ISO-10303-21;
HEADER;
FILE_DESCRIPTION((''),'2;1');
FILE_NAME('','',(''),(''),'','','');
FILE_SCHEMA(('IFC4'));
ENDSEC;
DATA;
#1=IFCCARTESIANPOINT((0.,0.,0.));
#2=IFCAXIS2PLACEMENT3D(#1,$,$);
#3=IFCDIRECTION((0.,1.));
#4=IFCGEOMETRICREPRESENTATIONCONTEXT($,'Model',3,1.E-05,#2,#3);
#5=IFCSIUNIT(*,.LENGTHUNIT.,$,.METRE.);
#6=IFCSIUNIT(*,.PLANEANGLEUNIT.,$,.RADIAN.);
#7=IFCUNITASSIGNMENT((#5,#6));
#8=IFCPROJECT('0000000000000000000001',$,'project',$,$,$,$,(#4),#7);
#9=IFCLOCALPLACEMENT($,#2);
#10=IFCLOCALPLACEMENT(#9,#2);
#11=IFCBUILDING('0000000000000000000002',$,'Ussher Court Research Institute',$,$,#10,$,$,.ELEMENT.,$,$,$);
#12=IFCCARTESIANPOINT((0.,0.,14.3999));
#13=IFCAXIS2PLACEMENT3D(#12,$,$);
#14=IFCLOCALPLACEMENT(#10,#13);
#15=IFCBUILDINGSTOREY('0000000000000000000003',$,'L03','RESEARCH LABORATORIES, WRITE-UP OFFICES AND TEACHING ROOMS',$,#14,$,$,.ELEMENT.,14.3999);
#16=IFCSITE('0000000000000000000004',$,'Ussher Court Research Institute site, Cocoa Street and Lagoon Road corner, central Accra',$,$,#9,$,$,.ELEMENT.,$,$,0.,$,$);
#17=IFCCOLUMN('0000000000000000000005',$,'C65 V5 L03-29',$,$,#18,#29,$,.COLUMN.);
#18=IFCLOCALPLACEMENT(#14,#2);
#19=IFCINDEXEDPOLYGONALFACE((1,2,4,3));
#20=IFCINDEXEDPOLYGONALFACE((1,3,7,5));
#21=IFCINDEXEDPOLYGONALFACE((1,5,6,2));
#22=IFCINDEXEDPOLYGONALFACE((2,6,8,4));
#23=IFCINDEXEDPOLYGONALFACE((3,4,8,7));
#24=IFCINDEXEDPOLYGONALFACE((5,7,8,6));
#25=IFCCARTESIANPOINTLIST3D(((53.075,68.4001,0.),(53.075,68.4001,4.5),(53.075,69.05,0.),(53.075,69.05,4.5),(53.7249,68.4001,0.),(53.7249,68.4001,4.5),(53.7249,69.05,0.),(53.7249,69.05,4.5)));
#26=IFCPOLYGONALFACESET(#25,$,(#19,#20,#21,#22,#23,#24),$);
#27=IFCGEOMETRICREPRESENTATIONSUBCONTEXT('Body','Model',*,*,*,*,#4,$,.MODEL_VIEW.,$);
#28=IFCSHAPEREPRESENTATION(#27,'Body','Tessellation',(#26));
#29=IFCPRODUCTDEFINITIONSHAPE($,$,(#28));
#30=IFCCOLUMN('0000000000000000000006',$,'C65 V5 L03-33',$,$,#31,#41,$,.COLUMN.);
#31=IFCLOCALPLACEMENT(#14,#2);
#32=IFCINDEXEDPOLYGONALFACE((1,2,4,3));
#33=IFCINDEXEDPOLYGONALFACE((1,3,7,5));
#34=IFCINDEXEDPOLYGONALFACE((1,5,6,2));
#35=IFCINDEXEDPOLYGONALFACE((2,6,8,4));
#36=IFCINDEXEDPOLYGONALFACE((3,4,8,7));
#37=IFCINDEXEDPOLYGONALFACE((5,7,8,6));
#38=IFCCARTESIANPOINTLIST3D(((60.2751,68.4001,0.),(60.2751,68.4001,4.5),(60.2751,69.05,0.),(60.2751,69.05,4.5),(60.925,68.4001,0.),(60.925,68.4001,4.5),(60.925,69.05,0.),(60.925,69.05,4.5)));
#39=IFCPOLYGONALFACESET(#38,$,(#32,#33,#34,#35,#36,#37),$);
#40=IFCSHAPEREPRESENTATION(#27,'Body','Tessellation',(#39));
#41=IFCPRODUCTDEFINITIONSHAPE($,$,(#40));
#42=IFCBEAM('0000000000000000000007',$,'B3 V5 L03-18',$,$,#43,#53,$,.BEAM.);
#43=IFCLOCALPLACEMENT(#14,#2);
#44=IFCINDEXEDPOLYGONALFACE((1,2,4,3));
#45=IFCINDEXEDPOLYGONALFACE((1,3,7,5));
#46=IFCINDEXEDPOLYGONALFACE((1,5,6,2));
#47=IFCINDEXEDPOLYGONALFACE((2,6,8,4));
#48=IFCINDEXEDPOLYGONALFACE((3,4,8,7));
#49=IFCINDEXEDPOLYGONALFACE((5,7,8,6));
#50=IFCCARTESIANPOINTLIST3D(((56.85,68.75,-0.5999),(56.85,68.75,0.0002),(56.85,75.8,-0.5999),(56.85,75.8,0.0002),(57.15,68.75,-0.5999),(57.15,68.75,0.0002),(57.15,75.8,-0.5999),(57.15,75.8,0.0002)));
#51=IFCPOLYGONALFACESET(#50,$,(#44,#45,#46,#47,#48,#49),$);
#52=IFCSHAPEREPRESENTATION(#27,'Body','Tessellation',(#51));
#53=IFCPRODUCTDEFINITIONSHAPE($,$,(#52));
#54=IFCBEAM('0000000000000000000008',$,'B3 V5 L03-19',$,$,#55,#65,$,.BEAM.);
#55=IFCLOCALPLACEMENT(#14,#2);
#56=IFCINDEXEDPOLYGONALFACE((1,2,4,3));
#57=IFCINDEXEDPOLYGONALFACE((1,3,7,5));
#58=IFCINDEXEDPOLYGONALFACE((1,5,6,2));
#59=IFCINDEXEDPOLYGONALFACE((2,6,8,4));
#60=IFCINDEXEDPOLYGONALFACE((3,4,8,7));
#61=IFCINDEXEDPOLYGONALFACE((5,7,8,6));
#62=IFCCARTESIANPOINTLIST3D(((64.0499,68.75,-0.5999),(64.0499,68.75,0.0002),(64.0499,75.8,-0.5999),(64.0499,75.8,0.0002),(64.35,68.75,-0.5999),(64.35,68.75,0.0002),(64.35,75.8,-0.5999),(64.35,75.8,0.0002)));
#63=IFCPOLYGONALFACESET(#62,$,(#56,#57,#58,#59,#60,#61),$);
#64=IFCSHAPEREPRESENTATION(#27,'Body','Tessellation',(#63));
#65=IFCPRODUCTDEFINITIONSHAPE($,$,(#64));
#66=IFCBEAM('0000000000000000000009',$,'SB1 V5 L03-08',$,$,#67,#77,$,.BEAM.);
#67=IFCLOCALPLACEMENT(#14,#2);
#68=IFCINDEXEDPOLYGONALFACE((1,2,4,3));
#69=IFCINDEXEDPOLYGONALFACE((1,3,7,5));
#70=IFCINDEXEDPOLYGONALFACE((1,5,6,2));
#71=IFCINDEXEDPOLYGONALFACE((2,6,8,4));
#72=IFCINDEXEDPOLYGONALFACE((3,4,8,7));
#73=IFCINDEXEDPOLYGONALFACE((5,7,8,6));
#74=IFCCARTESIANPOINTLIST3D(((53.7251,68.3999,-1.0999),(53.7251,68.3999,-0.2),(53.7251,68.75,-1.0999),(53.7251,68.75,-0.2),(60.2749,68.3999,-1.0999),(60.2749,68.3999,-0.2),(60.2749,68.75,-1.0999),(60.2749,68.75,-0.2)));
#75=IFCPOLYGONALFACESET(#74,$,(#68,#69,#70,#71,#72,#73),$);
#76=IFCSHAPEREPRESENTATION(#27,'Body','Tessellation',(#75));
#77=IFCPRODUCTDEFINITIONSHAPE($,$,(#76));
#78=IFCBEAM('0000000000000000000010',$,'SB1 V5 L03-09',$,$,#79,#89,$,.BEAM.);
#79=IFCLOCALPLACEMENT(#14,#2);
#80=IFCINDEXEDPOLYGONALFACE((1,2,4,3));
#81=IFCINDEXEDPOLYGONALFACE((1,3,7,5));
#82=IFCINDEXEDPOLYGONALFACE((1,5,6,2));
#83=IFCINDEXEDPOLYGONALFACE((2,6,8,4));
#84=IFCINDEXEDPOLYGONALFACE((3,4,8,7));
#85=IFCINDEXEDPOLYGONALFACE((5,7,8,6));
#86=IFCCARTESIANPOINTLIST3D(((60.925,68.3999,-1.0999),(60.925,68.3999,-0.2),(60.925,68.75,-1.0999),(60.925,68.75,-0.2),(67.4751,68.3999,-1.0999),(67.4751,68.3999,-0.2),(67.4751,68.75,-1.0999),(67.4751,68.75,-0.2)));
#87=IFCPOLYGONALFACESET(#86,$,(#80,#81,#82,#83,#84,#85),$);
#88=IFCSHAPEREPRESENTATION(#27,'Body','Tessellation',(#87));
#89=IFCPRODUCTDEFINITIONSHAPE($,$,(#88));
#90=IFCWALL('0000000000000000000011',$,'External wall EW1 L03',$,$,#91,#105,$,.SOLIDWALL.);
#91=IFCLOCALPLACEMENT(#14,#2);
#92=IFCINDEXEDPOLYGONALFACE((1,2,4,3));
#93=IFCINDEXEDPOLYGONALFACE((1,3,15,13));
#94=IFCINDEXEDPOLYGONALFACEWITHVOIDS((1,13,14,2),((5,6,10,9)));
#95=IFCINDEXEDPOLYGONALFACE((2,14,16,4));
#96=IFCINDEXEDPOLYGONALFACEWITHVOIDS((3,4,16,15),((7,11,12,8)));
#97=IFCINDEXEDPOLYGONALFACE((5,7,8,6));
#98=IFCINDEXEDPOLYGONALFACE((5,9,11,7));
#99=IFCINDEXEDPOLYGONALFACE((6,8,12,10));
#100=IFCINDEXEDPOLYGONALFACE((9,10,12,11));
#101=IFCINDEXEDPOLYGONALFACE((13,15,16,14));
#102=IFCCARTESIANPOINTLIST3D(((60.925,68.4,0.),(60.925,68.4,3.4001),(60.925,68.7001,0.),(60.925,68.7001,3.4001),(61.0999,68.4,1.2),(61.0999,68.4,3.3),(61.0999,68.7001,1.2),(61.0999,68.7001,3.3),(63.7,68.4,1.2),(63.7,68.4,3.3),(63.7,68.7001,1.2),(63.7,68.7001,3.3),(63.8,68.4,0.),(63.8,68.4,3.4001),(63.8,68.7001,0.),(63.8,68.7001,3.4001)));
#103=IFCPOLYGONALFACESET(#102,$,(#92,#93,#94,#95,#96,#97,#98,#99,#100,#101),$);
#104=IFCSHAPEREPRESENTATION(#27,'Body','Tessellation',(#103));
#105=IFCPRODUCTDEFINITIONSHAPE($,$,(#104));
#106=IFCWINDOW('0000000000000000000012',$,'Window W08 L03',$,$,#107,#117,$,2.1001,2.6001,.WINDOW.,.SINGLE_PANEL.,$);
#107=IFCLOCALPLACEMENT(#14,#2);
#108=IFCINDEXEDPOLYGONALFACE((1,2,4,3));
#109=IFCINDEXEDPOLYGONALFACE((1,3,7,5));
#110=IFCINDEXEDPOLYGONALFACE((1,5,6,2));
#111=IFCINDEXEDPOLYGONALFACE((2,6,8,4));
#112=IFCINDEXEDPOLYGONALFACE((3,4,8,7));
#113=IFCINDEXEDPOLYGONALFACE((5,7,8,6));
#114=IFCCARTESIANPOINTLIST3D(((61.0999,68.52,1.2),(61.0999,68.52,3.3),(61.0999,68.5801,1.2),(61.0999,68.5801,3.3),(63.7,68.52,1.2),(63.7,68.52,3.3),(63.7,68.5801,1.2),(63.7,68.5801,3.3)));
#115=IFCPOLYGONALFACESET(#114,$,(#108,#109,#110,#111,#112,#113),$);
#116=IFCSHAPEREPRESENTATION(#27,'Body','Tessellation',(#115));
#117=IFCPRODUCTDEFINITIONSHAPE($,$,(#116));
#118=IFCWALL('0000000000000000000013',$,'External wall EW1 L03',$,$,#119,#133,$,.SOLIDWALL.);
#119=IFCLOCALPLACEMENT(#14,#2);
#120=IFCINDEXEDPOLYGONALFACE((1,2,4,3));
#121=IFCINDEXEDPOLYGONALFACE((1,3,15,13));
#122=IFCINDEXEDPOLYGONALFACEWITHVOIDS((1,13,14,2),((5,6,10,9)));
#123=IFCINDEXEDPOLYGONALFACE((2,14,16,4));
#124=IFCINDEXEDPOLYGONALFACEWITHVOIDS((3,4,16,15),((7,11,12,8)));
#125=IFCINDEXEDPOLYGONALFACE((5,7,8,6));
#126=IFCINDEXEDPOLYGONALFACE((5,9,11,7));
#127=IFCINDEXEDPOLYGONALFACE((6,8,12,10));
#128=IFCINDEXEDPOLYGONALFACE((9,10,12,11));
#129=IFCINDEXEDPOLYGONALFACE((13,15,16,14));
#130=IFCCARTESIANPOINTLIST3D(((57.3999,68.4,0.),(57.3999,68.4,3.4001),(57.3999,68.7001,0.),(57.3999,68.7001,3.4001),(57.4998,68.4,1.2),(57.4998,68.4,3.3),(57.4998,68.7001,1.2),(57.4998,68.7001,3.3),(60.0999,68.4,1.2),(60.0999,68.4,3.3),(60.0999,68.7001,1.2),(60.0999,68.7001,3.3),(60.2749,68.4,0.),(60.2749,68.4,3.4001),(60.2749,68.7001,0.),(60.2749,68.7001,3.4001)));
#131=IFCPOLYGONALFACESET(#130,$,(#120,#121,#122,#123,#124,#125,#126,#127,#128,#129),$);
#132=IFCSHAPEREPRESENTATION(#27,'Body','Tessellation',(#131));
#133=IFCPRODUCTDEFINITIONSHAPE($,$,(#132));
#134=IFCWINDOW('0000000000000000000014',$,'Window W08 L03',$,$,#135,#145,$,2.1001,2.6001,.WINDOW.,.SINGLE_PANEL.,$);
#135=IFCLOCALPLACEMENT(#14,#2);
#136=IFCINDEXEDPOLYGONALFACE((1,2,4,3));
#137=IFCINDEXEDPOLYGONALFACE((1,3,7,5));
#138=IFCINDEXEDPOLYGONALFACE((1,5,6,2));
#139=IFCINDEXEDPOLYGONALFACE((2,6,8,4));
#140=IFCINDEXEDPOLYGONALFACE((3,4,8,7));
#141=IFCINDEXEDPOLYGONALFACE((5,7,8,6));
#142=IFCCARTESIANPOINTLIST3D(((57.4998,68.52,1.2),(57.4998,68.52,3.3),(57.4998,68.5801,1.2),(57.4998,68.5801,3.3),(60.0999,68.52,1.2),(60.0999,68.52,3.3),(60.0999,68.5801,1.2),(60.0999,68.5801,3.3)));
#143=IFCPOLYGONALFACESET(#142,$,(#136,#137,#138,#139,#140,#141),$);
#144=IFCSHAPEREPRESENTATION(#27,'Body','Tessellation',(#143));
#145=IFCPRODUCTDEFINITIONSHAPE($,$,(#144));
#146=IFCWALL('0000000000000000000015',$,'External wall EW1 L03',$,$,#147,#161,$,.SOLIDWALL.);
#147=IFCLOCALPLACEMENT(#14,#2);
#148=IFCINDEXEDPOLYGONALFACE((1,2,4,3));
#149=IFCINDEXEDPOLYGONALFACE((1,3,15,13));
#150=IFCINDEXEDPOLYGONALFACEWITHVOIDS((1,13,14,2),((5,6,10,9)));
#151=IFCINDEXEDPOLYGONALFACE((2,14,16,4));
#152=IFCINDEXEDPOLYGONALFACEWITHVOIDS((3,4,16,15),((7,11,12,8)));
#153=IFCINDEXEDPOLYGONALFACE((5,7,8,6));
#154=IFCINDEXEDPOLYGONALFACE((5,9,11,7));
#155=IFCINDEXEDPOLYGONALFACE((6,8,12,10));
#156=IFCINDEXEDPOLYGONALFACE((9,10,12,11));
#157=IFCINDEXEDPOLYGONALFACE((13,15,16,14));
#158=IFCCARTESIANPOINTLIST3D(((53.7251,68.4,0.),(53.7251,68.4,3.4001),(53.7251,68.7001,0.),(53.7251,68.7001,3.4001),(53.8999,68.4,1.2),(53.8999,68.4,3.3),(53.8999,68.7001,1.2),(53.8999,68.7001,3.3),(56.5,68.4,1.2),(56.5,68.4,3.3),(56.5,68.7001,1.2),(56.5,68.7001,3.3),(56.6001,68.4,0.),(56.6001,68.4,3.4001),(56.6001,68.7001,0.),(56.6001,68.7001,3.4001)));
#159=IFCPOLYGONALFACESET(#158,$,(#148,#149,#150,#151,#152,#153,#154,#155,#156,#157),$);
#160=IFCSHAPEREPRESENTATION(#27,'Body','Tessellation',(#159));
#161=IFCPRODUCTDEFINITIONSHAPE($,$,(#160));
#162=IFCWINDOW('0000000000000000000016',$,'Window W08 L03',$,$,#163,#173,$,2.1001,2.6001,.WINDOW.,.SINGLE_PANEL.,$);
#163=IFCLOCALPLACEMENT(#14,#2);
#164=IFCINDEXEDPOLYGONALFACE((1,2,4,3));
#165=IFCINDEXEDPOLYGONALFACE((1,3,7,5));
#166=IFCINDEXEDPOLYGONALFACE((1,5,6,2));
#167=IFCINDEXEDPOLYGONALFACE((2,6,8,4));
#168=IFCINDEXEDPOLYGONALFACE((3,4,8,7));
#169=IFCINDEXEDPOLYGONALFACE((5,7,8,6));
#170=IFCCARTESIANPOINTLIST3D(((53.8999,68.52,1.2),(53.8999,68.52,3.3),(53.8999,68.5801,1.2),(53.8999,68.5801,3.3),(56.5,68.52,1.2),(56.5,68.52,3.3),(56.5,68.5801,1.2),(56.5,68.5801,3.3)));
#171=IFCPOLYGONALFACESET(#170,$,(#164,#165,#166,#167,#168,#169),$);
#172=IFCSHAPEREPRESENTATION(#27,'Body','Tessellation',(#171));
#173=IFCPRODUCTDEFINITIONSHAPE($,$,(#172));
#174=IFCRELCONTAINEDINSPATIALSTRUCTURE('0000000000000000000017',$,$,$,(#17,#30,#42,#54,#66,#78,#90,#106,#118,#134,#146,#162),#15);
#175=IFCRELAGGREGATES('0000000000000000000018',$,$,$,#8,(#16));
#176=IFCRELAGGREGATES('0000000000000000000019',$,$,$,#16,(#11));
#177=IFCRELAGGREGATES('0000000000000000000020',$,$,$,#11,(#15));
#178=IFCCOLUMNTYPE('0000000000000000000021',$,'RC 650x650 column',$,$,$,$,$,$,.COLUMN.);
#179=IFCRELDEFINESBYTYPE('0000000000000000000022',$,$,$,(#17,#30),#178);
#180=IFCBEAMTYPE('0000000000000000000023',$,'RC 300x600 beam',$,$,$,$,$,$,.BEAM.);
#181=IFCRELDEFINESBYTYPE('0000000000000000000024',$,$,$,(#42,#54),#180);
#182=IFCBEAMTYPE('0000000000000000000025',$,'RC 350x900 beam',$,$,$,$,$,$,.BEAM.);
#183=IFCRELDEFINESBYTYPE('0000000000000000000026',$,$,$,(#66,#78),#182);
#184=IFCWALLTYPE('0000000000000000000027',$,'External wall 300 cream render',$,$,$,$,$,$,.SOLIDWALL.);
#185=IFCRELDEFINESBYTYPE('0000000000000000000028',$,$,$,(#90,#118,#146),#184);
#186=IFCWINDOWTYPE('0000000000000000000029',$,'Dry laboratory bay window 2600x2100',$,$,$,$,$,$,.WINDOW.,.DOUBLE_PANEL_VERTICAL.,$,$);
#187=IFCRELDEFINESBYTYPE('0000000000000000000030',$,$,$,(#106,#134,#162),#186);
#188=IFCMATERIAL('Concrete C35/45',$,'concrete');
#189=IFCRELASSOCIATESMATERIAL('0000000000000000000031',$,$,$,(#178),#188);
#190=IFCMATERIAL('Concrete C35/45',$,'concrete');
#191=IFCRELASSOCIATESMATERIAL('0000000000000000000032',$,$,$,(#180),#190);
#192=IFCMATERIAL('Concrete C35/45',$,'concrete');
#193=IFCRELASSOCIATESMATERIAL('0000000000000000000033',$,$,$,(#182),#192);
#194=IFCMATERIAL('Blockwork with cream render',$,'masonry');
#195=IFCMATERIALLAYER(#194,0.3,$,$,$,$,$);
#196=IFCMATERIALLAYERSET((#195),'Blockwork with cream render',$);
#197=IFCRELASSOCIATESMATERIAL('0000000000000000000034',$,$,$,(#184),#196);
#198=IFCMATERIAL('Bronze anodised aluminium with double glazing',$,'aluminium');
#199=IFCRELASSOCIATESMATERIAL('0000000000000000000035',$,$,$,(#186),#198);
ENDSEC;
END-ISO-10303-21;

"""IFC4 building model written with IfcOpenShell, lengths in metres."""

from ifc_helpers import new_model, si_unit, direction, frame, frame_2d, origin, origin_2d, place, context, subcontext, project, spatial, rectangle, extrude, material, layer, layer_set, material_profile, profile_set, type_object, element, fill, save


model = new_model("IFC4")

# Units and contexts
model_context = context("Model", 3, precision=1e-05, world=origin(), true_north=direction((0.0, 1.0)))
body_context = subcontext(model_context, "Body", "Model", "MODEL_VIEW")
ifc_project = project(units=[si_unit("LENGTHUNIT", "METRE"), si_unit("PLANEANGLEUNIT", "RADIAN")], contexts=[model_context])

# Site, building, storey
site_placement = place(None, origin())
site = spatial("IfcSite", under=ifc_project, at=site_placement, Name="Ussher Court Research Institute site, Cocoa Street and Lagoon Road corner, central Accra", CompositionType="ELEMENT", RefElevation=0.0)
building_placement = place(site_placement, origin())
building = spatial("IfcBuilding", under=site, at=building_placement, Name="Ussher Court Research Institute", CompositionType="ELEMENT")
storey_placement = place(building_placement, frame((0.0, 0.0, 14.3999)))
storey = spatial("IfcBuildingStorey", under=building, at=storey_placement, Name="L03", Description="RESEARCH LABORATORIES, WRITE-UP OFFICES AND TEACHING ROOMS", CompositionType="ELEMENT", Elevation=14.3999)

# Columns
ifc_material_1 = material(Name="Concrete C35/45", Category="concrete")
ifc_material_profile_1 = material_profile(ifc_material_1, rectangle(XDim=0.6499, YDim=0.6499, at=origin_2d()), Name="RC 650x650")
ifc_profile_set_1 = profile_set([ifc_material_profile_1], Name="Concrete C35/45")
column_type = type_object("IfcColumnType", Name="RC 650x650 column", PredefinedType="COLUMN", material=ifc_profile_set_1)
for number, where, z_axis, x_axis, name in (
    (1, (53.3999, 68.7251, 0.0), (0.0, 0.0, 1.0), (1.0, 0.0, 0.0), "C65 V5 L03-29"),
    (2, (60.6001, 68.7251, 0.0), (0.0, 0.0, 1.0), (1.0, 0.0, 0.0), "C65 V5 L03-33"),
):
    element("IfcColumn", number, at=place(storey_placement, frame(where, z_axis=z_axis, x_axis=x_axis)), inside=storey, type_object=column_type, Name=name, PredefinedType="COLUMN", context=body_context, shape_type="SweptSolid", body=[
        extrude(rectangle(XDim=0.6499, YDim=0.6499, at=origin_2d()), origin(), (0.0, 0.0, 1.0), 4.5),
    ])

# Beams
ifc_material_2 = material(Name="Concrete C35/45", Category="concrete")
ifc_material_profile_2 = material_profile(ifc_material_2, rectangle(XDim=0.3, YDim=0.6001, at=origin_2d()), Name="RC 300x600")
ifc_profile_set_2 = profile_set([ifc_material_profile_2], Name="Concrete C35/45")
beam_type_1 = type_object("IfcBeamType", Name="RC 300x600 beam", PredefinedType="BEAM", material=ifc_profile_set_2)
for number, where, z_axis, x_axis, name in (
    (3, (57.0, 68.75, -0.2998), (0.0, 1.0, 0.0), (-1.0, 0.0, 0.0), "B3 V5 L03-18"),
    (4, (64.2, 68.75, -0.2998), (0.0, 1.0, 0.0), (-1.0, 0.0, 0.0), "B3 V5 L03-19"),
):
    element("IfcBeam", number, at=place(storey_placement, frame(where, z_axis=z_axis, x_axis=x_axis)), inside=storey, type_object=beam_type_1, Name=name, PredefinedType="BEAM", context=body_context, shape_type="SweptSolid", body=[
        extrude(rectangle(XDim=0.3, YDim=0.6001, at=origin_2d()), origin(), (0.0, 0.0, 1.0), 7.05),
    ])
ifc_material_3 = material(Name="Concrete C35/45", Category="concrete")
ifc_material_profile_3 = material_profile(ifc_material_3, rectangle(XDim=0.3501, YDim=0.8999, at=origin_2d()), Name="RC 350x900")
ifc_profile_set_3 = profile_set([ifc_material_profile_3], Name="Concrete C35/45")
beam_type_2 = type_object("IfcBeamType", Name="RC 350x900 beam", PredefinedType="BEAM", material=ifc_profile_set_3)
beam_1_placement = place(storey_placement, frame((53.7251, 68.575, -0.6499), z_axis=(1.0, 0.0, 0.0), x_axis=(0.0, 1.0, 0.0)))
element("IfcBeam", 5, at=beam_1_placement, inside=storey, type_object=beam_type_2, Name="SB1 V5 L03-08", PredefinedType="BEAM", context=body_context, shape_type="SweptSolid", body=[
    extrude(rectangle(XDim=0.3501, YDim=0.8999, at=origin_2d()), origin(), (0.0, 0.0, 1.0), 6.5498),
])
beam_2_placement = place(storey_placement, frame((60.925, 68.575, -0.6499), z_axis=(1.0, 0.0, 0.0), x_axis=(0.0, 1.0, 0.0)))
element("IfcBeam", 6, at=beam_2_placement, inside=storey, type_object=beam_type_2, Name="SB1 V5 L03-09", PredefinedType="BEAM", context=body_context, shape_type="SweptSolid", body=[
    extrude(rectangle(XDim=0.3501, YDim=0.8999, at=origin_2d()), origin(), (0.0, 0.0, 1.0), 6.55),
])

# Walls, openings, windows
ifc_material_4 = material(Name="Blockwork with cream render", Category="masonry")
ifc_layer_1 = layer(ifc_material_4, 0.3)
ifc_layer_set_1 = layer_set([ifc_layer_1], Name="Blockwork with cream render")
wall_type_1 = type_object("IfcWallType", Name="External wall 300 cream render", PredefinedType="SOLIDWALL", material=ifc_layer_set_1)
wall_1_placement = place(storey_placement, frame((63.8, 68.55, 0.0), z_axis=(0.0, 0.0, 1.0), x_axis=(-1.0, 0.0, 0.0)))
wall_1 = element("IfcWall", 7, at=wall_1_placement, inside=storey, type_object=wall_type_1, Name="External wall EW1 L03", PredefinedType="SOLIDWALL", context=body_context, shape_type="SweptSolid", body=[
    extrude(rectangle(XDim=2.875, YDim=0.3, at=frame_2d((1.4375, 0.0))), origin(), (0.0, 0.0, 1.0), 3.4001),
])
opening_1_placement = place(wall_1_placement, frame((0.1001, 0.0, 1.2)))
opening_1 = element("IfcOpeningElement", 8, at=opening_1_placement, cuts=wall_1, PredefinedType="OPENING", context=body_context, shape_type="SweptSolid", body=[
    extrude(rectangle(XDim=2.6001, YDim=2.1001, at=frame_2d((1.3, 1.05))), frame((0.0, 0.1602, 0.0), z_axis=(0.0, -1.0, 0.0), x_axis=(1.0, 0.0, 0.0)), (0.0, 0.0, 1.0), 0.3201),
])
ifc_material_5 = material(Name="Bronze anodised aluminium with double glazing", Category="aluminium")
window_type = type_object("IfcWindowType", Name="Dry laboratory bay window 2600x2100", PartitioningType="DOUBLE_PANEL_VERTICAL", PredefinedType="WINDOW", material=ifc_material_5)
window_1_placement = place(opening_1_placement, origin())
window_1 = element("IfcWindow", 9, at=window_1_placement, inside=storey, type_object=window_type, Name="Window W08 L03", OverallHeight=2.1001, OverallWidth=2.6001, PartitioningType="SINGLE_PANEL", PredefinedType="WINDOW", context=body_context, shape_type="SweptSolid", body=[
    extrude(rectangle(XDim=2.6001, YDim=2.1001, at=frame_2d((1.3, 1.05))), frame((0.0, 0.03, 0.0), z_axis=(0.0, -1.0, 0.0), x_axis=(1.0, 0.0, 0.0)), (0.0, 0.0, 1.0), 0.0601),
])
fill(opening_1, window_1)
wall_2_placement = place(storey_placement, frame((60.2749, 68.55, 0.0), z_axis=(0.0, 0.0, 1.0), x_axis=(-1.0, 0.0, 0.0)))
wall_2 = element("IfcWall", 10, at=wall_2_placement, inside=storey, type_object=wall_type_1, Name="External wall EW1 L03", PredefinedType="SOLIDWALL", context=body_context, shape_type="SweptSolid", body=[
    extrude(rectangle(XDim=2.875, YDim=0.3, at=frame_2d((1.4375, 0.0))), origin(), (0.0, 0.0, 1.0), 3.4001),
])
opening_2_placement = place(wall_2_placement, frame((0.175, 0.0, 1.2)))
opening_2 = element("IfcOpeningElement", 11, at=opening_2_placement, cuts=wall_2, PredefinedType="OPENING", context=body_context, shape_type="SweptSolid", body=[
    extrude(rectangle(XDim=2.6001, YDim=2.1001, at=frame_2d((1.3, 1.05))), frame((0.0, 0.1602, 0.0), z_axis=(0.0, -1.0, 0.0), x_axis=(1.0, 0.0, 0.0)), (0.0, 0.0, 1.0), 0.3201),
])
window_2_placement = place(opening_2_placement, origin())
window_2 = element("IfcWindow", 12, at=window_2_placement, inside=storey, type_object=window_type, Name="Window W08 L03", OverallHeight=2.1001, OverallWidth=2.6001, PartitioningType="SINGLE_PANEL", PredefinedType="WINDOW", context=body_context, shape_type="SweptSolid", body=[
    extrude(rectangle(XDim=2.6001, YDim=2.1001, at=frame_2d((1.3, 1.05))), frame((0.0, 0.03, 0.0), z_axis=(0.0, -1.0, 0.0), x_axis=(1.0, 0.0, 0.0)), (0.0, 0.0, 1.0), 0.0601),
])
fill(opening_2, window_2)
wall_3_placement = place(storey_placement, frame((56.6001, 68.55, 0.0), z_axis=(0.0, 0.0, 1.0), x_axis=(-1.0, 0.0, 0.0)))
wall_3 = element("IfcWall", 13, at=wall_3_placement, inside=storey, type_object=wall_type_1, Name="External wall EW1 L03", PredefinedType="SOLIDWALL", context=body_context, shape_type="SweptSolid", body=[
    extrude(rectangle(XDim=2.875, YDim=0.3, at=frame_2d((1.4375, 0.0))), origin(), (0.0, 0.0, 1.0), 3.4001),
])
opening_3_placement = place(wall_3_placement, frame((0.1001, 0.0, 1.2)))
opening_3 = element("IfcOpeningElement", 14, at=opening_3_placement, cuts=wall_3, PredefinedType="OPENING", context=body_context, shape_type="SweptSolid", body=[
    extrude(rectangle(XDim=2.6001, YDim=2.1001, at=frame_2d((1.3, 1.05))), frame((0.0, 0.1602, 0.0), z_axis=(0.0, -1.0, 0.0), x_axis=(1.0, 0.0, 0.0)), (0.0, 0.0, 1.0), 0.3201),
])
window_3_placement = place(opening_3_placement, origin())
window_3 = element("IfcWindow", 15, at=window_3_placement, inside=storey, type_object=window_type, Name="Window W08 L03", OverallHeight=2.1001, OverallWidth=2.6001, PartitioningType="SINGLE_PANEL", PredefinedType="WINDOW", context=body_context, shape_type="SweptSolid", body=[
    extrude(rectangle(XDim=2.6001, YDim=2.1001, at=frame_2d((1.3, 1.05))), frame((0.0, 0.03, 0.0), z_axis=(0.0, -1.0, 0.0), x_axis=(1.0, 0.0, 0.0)), (0.0, 0.0, 1.0), 0.0601),
])
fill(opening_3, window_3)

save(model, "model.ifc")
